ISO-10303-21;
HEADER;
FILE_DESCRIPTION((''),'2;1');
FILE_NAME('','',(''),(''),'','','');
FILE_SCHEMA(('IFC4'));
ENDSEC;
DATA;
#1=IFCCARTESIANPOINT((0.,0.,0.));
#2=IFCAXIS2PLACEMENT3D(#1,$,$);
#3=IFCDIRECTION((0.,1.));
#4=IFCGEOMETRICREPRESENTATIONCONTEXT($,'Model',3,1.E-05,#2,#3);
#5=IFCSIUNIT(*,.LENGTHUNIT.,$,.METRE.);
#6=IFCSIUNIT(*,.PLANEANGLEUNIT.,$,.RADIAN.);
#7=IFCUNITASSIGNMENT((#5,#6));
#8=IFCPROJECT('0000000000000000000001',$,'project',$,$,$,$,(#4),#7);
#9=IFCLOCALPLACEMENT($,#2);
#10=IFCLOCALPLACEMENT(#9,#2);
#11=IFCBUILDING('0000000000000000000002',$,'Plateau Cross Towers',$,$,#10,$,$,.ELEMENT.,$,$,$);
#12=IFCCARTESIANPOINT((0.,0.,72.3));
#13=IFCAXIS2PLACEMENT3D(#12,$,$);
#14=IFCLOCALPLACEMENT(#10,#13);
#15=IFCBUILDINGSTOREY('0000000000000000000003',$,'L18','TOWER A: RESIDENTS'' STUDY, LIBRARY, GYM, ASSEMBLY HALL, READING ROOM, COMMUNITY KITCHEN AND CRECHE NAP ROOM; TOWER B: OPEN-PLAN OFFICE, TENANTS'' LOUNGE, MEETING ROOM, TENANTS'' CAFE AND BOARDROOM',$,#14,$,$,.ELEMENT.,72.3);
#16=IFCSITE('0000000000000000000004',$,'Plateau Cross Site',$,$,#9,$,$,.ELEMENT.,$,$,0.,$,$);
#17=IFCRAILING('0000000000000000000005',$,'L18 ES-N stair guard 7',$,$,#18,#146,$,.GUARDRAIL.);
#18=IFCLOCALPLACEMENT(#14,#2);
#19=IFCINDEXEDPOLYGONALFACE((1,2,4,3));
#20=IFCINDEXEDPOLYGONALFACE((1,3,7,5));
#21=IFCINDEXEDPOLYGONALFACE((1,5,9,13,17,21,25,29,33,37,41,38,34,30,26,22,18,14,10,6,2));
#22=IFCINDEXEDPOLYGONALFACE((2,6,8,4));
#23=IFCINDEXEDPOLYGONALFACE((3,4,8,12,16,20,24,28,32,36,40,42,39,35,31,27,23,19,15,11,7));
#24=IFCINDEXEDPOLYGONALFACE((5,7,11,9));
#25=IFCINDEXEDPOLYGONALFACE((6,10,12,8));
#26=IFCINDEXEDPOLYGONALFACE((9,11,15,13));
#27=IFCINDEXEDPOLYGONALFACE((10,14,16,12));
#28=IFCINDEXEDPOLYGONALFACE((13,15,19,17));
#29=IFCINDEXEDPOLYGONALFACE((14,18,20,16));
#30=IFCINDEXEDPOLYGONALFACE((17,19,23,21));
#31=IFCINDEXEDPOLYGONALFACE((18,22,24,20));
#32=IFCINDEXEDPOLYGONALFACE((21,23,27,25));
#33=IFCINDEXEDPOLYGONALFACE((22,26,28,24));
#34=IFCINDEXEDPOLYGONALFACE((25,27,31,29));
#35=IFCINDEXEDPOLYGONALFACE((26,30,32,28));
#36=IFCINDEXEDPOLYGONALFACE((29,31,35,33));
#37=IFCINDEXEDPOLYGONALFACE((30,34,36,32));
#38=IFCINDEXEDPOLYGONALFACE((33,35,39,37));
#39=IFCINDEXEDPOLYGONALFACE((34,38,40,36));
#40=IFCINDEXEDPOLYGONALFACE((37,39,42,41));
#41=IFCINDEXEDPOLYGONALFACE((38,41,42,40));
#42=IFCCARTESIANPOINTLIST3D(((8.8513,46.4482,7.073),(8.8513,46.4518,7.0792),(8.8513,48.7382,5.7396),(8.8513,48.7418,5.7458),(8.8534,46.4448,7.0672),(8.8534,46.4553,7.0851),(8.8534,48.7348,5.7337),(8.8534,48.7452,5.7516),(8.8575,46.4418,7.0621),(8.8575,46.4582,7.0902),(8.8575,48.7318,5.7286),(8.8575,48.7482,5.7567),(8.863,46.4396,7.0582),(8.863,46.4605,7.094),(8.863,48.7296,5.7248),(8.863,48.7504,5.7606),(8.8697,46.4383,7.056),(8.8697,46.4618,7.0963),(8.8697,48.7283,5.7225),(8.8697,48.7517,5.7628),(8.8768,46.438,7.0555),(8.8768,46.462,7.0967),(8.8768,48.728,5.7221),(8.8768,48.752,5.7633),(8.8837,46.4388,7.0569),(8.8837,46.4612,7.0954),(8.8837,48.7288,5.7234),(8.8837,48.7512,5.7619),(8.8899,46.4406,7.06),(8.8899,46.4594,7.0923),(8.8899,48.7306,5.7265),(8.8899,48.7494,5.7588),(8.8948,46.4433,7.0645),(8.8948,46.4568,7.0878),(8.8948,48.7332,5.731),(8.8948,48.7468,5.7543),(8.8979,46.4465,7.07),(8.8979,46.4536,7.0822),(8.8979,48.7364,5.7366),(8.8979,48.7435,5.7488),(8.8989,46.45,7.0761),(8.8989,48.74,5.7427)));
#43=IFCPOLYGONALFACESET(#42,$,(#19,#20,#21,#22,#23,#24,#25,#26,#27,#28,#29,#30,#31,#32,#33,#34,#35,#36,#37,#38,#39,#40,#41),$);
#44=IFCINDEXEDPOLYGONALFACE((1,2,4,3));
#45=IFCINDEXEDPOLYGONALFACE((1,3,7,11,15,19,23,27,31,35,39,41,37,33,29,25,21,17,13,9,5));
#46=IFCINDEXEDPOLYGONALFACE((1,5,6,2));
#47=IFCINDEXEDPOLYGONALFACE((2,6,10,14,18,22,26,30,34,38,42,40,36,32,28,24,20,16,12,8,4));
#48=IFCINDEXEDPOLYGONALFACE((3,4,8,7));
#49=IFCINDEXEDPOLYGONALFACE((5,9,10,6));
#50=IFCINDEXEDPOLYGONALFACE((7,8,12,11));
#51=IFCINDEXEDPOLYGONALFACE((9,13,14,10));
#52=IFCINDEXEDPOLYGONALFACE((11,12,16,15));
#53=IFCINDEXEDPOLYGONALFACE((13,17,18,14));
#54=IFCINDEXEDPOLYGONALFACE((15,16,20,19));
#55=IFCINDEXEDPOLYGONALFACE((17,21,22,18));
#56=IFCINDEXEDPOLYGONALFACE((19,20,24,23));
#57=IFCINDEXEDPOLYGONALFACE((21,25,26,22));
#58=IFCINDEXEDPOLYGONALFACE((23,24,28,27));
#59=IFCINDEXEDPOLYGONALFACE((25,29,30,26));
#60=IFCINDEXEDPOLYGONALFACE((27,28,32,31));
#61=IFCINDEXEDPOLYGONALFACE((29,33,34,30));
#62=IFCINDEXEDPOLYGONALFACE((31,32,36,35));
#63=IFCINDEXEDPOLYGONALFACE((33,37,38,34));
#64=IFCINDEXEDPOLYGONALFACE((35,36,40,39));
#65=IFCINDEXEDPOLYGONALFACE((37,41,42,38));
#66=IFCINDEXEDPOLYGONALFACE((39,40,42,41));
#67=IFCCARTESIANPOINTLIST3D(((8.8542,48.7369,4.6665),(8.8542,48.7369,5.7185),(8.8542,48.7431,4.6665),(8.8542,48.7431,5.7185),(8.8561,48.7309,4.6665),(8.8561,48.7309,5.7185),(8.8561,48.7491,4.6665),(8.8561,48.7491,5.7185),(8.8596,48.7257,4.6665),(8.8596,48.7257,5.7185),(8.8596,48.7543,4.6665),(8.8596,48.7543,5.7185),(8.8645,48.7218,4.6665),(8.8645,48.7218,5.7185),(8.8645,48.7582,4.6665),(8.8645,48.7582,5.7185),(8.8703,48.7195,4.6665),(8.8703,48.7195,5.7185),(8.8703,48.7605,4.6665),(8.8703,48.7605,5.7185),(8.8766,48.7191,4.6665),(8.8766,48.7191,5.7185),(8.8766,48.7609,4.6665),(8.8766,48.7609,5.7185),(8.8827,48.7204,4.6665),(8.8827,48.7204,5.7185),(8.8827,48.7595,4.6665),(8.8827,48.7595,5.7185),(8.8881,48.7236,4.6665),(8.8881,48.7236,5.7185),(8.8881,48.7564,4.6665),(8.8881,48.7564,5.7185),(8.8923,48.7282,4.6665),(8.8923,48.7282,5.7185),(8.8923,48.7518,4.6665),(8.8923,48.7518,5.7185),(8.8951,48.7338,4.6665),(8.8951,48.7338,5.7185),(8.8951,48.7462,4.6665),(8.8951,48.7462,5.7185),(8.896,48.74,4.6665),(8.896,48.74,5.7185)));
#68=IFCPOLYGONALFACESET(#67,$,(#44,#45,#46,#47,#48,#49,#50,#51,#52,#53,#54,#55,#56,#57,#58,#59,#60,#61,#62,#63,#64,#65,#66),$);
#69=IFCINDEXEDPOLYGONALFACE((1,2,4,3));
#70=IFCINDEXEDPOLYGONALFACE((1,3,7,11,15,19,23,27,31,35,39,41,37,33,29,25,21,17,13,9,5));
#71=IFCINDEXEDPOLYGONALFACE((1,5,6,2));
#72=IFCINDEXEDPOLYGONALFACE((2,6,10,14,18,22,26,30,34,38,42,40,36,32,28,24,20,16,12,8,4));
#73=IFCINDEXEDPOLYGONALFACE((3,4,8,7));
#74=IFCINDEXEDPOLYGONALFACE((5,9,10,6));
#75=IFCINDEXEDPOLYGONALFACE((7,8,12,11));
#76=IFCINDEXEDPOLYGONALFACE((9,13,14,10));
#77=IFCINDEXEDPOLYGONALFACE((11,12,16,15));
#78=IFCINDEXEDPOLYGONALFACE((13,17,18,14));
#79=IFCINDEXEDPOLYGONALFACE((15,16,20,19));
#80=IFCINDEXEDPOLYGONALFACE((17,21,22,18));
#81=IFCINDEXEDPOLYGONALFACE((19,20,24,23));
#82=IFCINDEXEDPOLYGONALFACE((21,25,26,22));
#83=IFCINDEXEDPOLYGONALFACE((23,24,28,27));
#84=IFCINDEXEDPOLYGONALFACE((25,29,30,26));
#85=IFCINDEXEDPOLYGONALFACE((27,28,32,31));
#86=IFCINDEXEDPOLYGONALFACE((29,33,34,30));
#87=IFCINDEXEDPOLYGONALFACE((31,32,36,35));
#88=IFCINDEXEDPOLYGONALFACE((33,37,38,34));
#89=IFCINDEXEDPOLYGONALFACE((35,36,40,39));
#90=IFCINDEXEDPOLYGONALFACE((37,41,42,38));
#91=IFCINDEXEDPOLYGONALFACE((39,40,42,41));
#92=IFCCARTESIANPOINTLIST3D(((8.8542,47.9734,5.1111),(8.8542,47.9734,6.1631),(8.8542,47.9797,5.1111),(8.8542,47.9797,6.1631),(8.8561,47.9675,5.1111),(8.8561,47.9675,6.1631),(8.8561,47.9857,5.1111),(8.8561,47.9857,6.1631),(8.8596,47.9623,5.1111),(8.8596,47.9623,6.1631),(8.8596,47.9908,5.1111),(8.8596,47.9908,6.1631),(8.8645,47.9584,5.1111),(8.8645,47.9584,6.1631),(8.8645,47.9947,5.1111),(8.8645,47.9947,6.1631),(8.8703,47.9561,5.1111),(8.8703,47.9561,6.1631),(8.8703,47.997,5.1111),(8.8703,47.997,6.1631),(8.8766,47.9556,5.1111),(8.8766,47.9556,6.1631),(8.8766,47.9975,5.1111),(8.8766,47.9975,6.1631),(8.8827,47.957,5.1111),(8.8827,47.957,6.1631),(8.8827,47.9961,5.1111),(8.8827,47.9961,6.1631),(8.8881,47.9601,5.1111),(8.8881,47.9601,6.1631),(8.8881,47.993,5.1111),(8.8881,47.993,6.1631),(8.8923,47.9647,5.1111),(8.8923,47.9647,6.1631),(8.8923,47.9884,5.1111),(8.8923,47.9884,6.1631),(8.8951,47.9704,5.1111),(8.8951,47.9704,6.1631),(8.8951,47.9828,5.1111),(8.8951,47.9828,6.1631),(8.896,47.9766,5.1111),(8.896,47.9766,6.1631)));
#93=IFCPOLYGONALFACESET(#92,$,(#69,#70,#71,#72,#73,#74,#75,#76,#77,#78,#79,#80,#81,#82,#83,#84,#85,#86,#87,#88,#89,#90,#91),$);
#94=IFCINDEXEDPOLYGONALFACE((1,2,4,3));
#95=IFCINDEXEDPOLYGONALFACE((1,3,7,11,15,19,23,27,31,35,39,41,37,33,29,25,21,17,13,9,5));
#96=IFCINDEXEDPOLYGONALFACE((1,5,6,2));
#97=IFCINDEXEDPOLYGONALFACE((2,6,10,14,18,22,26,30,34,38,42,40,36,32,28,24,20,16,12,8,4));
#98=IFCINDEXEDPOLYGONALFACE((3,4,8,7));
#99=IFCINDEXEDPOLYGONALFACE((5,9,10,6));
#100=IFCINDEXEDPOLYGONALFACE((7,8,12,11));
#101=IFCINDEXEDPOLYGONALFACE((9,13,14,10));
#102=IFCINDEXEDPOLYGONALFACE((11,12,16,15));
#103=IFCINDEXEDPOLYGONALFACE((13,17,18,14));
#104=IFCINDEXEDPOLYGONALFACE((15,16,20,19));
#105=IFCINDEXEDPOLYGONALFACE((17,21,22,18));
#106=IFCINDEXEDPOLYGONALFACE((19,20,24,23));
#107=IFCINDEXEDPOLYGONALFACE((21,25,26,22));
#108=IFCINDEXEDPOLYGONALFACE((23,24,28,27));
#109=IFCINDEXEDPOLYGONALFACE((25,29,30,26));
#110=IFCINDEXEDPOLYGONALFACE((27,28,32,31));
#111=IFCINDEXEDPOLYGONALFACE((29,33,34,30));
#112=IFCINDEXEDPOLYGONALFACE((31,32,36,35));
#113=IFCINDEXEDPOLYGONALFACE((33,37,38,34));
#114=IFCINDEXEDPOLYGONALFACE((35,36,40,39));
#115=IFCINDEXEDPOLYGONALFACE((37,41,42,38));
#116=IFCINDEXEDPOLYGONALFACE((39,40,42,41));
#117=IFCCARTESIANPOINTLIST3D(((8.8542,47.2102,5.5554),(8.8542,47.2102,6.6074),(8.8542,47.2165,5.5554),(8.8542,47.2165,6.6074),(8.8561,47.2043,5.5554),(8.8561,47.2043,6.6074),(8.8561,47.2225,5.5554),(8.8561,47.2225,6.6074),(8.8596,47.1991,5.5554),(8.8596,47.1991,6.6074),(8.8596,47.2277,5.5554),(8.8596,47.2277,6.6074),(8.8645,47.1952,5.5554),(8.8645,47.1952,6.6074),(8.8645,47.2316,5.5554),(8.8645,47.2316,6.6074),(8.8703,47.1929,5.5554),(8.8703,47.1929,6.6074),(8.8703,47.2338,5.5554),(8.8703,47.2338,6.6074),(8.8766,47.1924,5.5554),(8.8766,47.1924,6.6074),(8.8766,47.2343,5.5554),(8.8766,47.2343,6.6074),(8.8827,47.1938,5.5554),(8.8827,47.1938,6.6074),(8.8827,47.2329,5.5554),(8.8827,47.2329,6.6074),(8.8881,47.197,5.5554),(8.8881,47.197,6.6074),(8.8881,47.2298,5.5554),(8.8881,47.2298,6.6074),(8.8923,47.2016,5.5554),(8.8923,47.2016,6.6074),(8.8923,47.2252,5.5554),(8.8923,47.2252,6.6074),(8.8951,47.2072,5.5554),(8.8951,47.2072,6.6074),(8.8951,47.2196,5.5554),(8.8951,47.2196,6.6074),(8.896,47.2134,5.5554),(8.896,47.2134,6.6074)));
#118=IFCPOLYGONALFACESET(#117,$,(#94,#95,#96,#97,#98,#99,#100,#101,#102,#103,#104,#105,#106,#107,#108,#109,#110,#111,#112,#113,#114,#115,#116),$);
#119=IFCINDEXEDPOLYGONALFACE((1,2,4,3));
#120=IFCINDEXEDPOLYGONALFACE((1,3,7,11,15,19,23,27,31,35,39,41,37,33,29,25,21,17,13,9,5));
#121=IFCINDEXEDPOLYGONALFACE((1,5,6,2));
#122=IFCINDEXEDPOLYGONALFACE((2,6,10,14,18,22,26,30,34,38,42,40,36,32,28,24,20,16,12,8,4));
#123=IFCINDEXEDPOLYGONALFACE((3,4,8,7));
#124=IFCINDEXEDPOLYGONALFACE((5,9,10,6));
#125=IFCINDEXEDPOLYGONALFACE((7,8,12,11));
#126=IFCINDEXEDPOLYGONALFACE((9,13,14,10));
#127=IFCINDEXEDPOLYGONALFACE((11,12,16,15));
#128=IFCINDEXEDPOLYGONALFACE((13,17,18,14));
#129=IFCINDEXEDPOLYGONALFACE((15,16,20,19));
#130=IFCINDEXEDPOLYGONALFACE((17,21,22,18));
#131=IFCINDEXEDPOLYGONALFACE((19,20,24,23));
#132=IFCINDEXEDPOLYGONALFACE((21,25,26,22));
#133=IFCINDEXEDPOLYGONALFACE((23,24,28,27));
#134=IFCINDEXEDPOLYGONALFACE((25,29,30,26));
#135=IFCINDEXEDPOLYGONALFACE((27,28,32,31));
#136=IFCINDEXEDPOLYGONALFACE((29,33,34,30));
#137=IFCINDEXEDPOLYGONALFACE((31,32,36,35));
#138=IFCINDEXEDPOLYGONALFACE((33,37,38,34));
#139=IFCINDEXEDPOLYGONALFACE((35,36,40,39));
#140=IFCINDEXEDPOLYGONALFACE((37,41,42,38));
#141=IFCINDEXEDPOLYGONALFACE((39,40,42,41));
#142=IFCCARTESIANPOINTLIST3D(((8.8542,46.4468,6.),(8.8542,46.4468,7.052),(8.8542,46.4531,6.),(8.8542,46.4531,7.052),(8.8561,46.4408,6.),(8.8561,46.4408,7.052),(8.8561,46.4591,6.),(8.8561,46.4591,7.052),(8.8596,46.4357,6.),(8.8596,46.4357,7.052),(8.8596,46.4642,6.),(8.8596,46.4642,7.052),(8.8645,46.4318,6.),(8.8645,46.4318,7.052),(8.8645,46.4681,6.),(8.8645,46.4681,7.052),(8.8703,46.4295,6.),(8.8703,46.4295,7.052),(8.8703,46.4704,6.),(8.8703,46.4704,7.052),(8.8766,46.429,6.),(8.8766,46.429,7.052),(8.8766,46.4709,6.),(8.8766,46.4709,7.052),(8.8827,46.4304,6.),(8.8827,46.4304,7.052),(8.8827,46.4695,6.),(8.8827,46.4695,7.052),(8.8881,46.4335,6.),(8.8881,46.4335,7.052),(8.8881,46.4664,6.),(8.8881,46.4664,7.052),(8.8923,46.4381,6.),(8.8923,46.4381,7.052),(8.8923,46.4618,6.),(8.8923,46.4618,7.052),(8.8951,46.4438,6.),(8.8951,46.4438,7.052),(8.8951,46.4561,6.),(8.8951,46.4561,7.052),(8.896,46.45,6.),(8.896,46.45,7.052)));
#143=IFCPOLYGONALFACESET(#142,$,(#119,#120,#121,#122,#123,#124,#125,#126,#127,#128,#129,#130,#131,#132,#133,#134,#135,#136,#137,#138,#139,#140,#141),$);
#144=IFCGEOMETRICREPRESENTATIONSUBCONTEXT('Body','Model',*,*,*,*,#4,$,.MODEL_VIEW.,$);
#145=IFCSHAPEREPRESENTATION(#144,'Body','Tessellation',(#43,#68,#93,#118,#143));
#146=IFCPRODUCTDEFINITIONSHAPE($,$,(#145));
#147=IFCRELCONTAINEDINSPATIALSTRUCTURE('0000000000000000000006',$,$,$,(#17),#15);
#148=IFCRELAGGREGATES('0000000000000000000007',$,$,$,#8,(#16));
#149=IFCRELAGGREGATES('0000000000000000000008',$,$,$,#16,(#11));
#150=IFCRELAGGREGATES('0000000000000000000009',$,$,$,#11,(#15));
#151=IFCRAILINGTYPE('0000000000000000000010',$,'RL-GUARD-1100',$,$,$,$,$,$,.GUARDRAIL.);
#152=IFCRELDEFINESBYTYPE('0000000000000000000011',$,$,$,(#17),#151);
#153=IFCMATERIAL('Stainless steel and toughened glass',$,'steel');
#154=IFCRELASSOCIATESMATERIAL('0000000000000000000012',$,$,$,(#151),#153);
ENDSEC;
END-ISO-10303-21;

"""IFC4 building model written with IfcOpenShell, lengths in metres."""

from ifc_helpers import new_model, si_unit, direction, frame, origin, origin_2d, place, context, subcontext, project, spatial, circle, extrude, material, type_object, element, save


model = new_model("IFC4")

# Units and contexts
model_context = context("Model", 3, precision=1e-05, world=origin(), true_north=direction((0.0, 1.0)))
body_context = subcontext(model_context, "Body", "Model", "MODEL_VIEW")
ifc_project = project(units=[si_unit("LENGTHUNIT", "METRE"), si_unit("PLANEANGLEUNIT", "RADIAN")], contexts=[model_context])

# Site, building, storey
site_placement = place(None, origin())
site = spatial("IfcSite", under=ifc_project, at=site_placement, Name="Plateau Cross Site", CompositionType="ELEMENT", RefElevation=0.0)
building_placement = place(site_placement, origin())
building = spatial("IfcBuilding", under=site, at=building_placement, Name="Plateau Cross Towers", CompositionType="ELEMENT")
storey_placement = place(building_placement, frame((0.0, 0.0, 72.3)))
storey = spatial("IfcBuildingStorey", under=building, at=storey_placement, Name="L18", Description="TOWER A: RESIDENTS' STUDY, LIBRARY, GYM, ASSEMBLY HALL, READING ROOM, COMMUNITY KITCHEN AND CRECHE NAP ROOM; TOWER B: OPEN-PLAN OFFICE, TENANTS' LOUNGE, MEETING ROOM, TENANTS' CAFE AND BOARDROOM", CompositionType="ELEMENT", Elevation=72.3)

# Railing
ifc_material_1 = material(Name="Stainless steel and toughened glass", Category="steel")
railing_type_1 = type_object("IfcRailingType", Name="RL-GUARD-1100", PredefinedType="GUARDRAIL", material=ifc_material_1)
railing_1_placement = place(storey_placement, frame((8.875, 48.74, 4.6665)))
element("IfcRailing", 1, at=railing_1_placement, inside=storey, type_object=railing_type_1, Name="L18 ES-N stair guard 7", PredefinedType="GUARDRAIL", context=body_context, shape_type="SweptSolid", body=[
    extrude(circle(Radius=0.0239, at=origin_2d()), frame((0.0, 0.0, 1.0762), z_axis=(0.0, -0.864166, 0.503206), x_axis=(1.0, 0.0, 0.0)), (0.0, 0.0, 1.0), 2.6499),
    extrude(circle(Radius=0.021, at=origin_2d()), origin(), (0.0, 0.0, 1.0), 1.052),
    extrude(circle(Radius=0.021, at=origin_2d()), frame((0.0, -0.7634, 0.4446)), (0.0, 0.0, 1.0), 1.052),
    extrude(circle(Radius=0.021, at=origin_2d()), frame((0.0, -1.5266, 0.8889)), (0.0, 0.0, 1.0), 1.052),
    extrude(circle(Radius=0.021, at=origin_2d()), frame((0.0, -2.29, 1.3335)), (0.0, 0.0, 1.0), 1.052),
])

save(model, "model.ifc")
